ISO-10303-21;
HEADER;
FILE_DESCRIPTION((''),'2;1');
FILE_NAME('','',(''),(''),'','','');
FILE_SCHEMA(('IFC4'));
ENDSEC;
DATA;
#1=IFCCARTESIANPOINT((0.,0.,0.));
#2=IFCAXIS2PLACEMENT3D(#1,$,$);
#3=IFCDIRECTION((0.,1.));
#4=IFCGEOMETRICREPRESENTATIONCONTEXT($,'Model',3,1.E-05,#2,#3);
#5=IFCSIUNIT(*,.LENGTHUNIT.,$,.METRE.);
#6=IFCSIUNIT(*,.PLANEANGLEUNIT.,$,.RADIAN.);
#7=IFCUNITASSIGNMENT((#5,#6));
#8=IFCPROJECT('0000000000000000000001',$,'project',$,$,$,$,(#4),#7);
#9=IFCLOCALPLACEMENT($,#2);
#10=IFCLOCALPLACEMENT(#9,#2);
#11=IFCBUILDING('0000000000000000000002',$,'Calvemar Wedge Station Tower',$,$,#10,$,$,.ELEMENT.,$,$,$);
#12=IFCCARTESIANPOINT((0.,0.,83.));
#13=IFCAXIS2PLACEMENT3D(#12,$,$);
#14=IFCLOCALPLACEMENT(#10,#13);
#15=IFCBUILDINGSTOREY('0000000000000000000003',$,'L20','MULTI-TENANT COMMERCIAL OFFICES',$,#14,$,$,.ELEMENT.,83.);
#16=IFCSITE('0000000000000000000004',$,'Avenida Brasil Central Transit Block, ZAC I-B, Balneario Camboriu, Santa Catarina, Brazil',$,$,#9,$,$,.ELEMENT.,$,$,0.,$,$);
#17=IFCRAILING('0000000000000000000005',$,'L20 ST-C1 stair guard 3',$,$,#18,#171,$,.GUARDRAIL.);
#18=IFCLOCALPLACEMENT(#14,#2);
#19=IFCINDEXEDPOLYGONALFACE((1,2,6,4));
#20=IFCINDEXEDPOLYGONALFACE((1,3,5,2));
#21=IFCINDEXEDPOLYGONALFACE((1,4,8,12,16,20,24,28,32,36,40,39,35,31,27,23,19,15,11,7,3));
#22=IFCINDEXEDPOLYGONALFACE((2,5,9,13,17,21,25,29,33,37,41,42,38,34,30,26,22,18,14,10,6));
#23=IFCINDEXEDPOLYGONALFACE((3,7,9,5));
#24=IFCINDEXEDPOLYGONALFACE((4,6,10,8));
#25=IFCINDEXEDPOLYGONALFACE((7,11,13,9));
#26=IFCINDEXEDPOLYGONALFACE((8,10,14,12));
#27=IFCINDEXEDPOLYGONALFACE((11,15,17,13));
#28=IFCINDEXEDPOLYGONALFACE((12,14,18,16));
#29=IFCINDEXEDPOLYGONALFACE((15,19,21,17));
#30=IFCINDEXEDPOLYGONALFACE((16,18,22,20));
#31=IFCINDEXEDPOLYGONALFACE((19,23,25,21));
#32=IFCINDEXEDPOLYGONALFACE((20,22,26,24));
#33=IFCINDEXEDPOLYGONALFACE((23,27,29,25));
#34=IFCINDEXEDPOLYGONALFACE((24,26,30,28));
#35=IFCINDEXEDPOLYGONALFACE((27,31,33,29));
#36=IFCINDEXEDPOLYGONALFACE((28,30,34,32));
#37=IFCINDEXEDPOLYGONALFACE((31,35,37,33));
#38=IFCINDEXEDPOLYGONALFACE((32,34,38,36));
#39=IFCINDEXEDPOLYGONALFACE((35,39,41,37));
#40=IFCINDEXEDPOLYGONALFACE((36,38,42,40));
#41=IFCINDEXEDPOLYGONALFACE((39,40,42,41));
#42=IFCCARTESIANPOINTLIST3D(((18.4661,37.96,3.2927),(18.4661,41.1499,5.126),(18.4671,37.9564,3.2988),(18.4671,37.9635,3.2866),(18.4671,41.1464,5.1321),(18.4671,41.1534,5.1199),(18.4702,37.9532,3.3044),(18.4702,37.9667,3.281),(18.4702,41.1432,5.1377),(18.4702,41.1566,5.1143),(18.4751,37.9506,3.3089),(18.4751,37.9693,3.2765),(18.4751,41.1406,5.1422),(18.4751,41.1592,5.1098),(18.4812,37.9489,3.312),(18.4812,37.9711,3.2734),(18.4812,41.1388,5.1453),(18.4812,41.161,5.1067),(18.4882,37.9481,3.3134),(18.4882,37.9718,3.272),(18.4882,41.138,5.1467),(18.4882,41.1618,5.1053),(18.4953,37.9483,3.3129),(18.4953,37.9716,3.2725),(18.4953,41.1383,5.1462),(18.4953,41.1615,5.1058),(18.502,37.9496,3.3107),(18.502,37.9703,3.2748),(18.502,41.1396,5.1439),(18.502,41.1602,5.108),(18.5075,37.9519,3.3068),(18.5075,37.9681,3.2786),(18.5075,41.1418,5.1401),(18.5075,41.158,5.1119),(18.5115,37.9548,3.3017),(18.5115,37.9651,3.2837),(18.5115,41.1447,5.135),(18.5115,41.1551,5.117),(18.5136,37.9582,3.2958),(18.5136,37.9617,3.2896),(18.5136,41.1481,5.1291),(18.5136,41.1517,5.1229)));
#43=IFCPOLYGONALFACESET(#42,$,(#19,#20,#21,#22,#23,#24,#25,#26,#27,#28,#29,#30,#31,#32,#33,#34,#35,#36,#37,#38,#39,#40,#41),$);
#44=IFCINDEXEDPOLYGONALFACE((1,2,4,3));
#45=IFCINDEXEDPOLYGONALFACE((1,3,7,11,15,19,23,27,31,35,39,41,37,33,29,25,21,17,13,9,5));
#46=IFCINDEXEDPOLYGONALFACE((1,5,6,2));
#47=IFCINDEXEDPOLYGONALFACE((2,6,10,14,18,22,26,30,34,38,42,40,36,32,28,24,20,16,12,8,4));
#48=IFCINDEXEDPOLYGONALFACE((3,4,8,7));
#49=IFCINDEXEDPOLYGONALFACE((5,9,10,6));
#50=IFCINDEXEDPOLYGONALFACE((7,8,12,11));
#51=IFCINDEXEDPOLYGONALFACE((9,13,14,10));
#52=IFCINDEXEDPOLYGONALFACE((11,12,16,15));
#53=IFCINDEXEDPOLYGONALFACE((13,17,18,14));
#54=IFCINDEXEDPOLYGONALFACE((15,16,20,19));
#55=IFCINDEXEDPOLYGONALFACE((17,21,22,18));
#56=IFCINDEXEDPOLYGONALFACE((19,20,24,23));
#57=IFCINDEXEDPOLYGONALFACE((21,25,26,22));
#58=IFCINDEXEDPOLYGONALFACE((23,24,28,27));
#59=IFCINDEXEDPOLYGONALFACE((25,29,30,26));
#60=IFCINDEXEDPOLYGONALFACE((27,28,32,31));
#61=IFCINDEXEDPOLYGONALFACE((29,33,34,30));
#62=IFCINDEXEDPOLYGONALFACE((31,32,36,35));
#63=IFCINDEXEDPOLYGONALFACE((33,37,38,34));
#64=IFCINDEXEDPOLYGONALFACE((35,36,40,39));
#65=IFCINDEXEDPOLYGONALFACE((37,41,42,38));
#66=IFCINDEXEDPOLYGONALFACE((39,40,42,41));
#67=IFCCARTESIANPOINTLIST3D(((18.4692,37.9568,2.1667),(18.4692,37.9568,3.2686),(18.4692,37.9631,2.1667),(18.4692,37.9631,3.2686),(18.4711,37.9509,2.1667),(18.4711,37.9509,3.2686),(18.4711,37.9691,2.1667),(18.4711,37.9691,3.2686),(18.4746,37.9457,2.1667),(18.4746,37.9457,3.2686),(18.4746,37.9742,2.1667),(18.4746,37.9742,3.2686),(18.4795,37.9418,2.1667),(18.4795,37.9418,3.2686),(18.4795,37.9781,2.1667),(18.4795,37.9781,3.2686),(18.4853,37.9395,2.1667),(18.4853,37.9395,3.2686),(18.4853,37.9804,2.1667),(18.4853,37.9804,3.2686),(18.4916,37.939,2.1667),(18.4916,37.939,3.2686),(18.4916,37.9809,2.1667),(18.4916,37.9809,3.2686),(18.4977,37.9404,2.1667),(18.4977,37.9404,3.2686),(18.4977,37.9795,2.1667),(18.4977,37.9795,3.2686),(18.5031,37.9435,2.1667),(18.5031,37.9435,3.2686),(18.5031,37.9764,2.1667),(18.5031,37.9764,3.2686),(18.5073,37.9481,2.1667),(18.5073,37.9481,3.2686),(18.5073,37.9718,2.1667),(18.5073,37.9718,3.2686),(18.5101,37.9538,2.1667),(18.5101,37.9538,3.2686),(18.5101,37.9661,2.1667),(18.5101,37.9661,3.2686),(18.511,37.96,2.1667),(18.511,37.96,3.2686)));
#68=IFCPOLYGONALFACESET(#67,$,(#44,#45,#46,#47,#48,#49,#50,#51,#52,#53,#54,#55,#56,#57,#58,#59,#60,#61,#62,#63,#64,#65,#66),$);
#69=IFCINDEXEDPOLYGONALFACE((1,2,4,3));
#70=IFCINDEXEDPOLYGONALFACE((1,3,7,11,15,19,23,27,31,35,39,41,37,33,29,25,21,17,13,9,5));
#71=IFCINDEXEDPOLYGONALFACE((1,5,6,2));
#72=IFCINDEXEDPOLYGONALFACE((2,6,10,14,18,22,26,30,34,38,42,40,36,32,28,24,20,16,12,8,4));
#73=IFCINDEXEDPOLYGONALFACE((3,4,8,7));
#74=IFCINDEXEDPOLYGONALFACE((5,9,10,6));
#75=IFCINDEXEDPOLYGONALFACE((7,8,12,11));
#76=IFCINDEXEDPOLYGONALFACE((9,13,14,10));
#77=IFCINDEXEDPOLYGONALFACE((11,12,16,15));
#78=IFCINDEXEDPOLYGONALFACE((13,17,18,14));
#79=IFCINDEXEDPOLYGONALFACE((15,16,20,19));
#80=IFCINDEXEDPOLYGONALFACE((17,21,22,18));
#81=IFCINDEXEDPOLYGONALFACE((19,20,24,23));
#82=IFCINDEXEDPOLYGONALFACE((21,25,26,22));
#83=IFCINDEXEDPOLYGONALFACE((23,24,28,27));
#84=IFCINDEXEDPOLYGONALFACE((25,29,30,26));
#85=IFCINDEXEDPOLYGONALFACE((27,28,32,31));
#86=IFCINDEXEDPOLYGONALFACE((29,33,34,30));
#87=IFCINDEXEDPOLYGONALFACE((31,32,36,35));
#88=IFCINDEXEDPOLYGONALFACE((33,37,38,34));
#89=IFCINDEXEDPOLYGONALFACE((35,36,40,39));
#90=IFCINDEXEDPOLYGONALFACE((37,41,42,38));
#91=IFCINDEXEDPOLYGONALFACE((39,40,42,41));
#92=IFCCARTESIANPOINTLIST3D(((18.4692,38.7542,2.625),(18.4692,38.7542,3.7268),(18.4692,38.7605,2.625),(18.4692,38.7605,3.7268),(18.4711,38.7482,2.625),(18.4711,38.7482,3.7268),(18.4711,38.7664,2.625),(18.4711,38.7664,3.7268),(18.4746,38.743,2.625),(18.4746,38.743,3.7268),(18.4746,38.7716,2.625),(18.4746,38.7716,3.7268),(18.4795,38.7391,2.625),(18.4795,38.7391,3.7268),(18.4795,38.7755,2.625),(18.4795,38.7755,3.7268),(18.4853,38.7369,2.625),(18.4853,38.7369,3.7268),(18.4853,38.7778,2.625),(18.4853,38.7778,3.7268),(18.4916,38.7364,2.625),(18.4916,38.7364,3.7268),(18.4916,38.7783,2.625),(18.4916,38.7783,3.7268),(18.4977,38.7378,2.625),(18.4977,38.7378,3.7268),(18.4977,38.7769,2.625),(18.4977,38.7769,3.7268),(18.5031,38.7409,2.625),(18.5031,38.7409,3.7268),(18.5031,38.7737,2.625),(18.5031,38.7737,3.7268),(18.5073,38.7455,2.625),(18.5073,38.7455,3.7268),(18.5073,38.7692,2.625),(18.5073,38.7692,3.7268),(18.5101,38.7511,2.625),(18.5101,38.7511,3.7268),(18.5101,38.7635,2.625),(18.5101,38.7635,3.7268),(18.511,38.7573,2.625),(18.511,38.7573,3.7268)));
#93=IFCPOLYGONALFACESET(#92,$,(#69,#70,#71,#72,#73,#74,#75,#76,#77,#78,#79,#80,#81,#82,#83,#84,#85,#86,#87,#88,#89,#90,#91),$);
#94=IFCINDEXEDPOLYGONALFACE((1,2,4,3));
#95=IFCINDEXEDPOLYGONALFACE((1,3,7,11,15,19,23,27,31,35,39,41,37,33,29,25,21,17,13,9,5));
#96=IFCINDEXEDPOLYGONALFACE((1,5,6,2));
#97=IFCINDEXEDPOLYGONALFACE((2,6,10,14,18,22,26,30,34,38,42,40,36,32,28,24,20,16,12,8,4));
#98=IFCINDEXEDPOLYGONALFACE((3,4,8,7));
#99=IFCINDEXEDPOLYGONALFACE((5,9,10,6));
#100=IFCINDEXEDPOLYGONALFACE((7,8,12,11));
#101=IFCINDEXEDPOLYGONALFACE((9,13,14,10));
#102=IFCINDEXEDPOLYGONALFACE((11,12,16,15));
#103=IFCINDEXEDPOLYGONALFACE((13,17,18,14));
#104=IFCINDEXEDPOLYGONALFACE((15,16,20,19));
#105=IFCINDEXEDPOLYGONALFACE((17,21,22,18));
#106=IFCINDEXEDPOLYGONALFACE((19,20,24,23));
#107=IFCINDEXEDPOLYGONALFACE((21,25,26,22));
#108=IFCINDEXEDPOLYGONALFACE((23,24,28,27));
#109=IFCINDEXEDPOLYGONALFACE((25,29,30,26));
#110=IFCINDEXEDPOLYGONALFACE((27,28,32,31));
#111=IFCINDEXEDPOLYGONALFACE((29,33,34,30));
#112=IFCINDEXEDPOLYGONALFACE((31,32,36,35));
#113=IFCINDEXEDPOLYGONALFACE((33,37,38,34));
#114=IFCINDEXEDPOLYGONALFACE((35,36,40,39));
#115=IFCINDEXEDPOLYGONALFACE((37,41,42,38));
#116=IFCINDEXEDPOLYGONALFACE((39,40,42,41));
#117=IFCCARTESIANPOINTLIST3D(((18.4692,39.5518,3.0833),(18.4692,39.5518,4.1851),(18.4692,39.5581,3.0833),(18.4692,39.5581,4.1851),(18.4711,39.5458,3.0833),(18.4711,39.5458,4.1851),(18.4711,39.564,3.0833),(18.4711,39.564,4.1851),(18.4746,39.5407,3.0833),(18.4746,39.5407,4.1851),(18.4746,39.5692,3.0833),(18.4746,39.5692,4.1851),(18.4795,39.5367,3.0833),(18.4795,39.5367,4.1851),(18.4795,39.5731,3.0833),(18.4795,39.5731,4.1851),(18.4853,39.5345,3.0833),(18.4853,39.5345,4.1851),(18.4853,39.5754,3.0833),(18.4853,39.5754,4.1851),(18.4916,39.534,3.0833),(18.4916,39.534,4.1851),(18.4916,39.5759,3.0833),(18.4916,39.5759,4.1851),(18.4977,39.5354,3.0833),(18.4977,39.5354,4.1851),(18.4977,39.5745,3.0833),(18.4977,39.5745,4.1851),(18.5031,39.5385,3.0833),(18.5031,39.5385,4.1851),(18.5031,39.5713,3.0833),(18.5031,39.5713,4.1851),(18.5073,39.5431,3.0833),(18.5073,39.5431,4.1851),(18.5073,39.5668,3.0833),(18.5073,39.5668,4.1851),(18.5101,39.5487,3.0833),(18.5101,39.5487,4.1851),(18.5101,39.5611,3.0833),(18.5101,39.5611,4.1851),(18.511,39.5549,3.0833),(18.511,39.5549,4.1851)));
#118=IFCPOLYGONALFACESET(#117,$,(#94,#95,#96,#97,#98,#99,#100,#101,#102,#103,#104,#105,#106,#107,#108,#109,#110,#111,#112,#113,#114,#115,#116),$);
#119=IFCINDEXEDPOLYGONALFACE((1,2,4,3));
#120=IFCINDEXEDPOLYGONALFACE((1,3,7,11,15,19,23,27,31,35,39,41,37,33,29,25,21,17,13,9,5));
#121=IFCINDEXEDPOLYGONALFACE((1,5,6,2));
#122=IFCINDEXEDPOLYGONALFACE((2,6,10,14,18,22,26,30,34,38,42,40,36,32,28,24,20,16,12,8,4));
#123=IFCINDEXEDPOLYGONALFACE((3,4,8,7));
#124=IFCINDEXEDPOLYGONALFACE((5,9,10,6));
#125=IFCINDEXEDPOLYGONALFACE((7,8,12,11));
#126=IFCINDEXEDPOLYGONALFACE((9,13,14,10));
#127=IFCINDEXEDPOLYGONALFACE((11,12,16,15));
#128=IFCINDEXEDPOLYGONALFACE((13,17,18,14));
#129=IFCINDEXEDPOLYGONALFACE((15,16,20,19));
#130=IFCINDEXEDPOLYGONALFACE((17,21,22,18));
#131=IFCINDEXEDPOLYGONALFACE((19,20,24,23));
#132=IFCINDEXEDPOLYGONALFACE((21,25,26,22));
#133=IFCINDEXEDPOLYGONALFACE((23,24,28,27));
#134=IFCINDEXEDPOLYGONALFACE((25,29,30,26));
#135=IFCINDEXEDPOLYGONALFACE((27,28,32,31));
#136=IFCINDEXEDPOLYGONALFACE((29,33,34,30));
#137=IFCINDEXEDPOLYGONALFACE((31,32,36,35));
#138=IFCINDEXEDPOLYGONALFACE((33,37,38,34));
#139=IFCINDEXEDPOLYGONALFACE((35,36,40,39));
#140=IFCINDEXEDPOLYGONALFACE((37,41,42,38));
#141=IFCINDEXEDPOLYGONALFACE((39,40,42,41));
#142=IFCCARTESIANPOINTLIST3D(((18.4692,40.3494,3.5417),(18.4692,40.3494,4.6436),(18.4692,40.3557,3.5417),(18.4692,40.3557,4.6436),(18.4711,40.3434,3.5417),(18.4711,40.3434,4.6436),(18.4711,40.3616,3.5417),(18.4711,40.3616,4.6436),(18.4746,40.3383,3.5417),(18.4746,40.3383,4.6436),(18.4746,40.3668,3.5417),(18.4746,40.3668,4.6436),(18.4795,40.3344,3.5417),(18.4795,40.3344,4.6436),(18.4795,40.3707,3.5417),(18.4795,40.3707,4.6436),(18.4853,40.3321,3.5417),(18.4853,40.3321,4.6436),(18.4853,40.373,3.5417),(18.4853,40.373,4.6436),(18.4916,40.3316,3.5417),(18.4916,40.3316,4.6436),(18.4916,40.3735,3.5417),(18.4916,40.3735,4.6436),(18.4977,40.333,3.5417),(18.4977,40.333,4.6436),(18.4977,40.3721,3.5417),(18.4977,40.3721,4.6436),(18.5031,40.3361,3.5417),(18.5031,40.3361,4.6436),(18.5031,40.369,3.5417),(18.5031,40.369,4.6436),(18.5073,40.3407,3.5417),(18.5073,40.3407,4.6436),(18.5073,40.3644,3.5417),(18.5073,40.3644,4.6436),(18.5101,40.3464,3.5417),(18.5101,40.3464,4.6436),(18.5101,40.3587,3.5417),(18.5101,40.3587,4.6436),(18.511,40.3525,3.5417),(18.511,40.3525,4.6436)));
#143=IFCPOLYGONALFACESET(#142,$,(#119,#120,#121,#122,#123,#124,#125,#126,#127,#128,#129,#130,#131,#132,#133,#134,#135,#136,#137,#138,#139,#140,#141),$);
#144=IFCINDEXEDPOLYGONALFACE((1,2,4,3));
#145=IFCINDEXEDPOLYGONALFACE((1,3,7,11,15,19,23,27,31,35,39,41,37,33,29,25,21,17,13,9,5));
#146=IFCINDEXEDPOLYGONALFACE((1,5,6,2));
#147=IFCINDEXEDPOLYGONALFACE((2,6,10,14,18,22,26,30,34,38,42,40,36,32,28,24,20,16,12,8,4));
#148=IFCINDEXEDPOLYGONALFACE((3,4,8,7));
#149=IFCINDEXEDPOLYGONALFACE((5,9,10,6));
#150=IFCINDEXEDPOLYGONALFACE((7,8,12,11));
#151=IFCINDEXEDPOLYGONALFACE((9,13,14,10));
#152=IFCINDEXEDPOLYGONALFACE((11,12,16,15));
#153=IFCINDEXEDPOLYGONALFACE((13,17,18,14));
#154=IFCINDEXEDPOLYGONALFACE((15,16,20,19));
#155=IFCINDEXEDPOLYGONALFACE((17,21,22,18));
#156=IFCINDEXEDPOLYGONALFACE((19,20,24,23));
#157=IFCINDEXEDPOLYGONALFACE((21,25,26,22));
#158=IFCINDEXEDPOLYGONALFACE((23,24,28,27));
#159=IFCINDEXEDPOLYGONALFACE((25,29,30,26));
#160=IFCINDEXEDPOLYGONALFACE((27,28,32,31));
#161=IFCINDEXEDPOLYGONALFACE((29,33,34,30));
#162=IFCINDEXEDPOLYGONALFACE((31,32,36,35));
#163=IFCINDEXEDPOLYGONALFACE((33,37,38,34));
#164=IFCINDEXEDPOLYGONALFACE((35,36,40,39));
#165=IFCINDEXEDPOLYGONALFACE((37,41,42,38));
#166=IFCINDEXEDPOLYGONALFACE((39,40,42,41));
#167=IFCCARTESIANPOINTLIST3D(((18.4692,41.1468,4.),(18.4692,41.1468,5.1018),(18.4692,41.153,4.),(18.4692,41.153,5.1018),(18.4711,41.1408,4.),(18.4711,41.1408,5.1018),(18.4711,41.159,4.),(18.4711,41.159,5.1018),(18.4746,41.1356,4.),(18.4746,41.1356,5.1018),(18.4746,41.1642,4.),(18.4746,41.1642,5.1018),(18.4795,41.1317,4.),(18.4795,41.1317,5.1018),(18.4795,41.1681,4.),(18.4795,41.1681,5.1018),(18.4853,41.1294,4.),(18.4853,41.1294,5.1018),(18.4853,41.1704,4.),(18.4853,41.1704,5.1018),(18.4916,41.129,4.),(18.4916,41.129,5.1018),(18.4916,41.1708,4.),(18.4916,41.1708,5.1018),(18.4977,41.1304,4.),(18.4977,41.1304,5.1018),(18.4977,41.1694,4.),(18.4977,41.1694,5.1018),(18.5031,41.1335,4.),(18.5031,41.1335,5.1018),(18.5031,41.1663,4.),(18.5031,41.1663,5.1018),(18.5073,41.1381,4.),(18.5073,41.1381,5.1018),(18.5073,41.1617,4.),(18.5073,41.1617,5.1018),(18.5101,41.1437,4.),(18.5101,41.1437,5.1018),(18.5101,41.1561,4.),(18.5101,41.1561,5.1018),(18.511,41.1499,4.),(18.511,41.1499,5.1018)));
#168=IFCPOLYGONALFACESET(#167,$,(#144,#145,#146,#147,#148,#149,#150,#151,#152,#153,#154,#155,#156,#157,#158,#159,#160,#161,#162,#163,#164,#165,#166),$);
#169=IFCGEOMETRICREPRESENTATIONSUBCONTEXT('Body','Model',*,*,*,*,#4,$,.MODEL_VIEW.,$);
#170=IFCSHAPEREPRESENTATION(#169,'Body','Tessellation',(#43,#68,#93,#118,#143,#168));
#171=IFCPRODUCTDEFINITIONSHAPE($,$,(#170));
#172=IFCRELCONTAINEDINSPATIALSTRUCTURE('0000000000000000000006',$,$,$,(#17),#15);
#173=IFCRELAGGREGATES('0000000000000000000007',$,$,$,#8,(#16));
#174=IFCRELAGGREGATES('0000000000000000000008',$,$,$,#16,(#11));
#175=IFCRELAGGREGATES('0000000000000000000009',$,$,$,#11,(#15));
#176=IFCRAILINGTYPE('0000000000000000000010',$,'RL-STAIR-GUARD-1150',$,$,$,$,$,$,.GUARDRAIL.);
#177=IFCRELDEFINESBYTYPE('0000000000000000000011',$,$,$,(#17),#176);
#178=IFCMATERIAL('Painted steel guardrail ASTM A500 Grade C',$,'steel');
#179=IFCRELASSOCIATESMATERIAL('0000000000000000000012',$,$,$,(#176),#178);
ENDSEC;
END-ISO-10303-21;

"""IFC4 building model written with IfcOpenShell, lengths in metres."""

from ifc_helpers import new_model, si_unit, direction, frame, origin, origin_2d, place, context, subcontext, project, spatial, circle, extrude, material, type_object, element, save


model = new_model("IFC4")

# Units and contexts
model_context = context("Model", 3, precision=1e-05, world=origin(), true_north=direction((0.0, 1.0)))
body_context = subcontext(model_context, "Body", "Model", "MODEL_VIEW")
ifc_project = project(units=[si_unit("LENGTHUNIT", "METRE"), si_unit("PLANEANGLEUNIT", "RADIAN")], contexts=[model_context])

# Site, building, storey
site_placement = place(None, origin())
site = spatial("IfcSite", under=ifc_project, at=site_placement, Name="Avenida Brasil Central Transit Block, ZAC I-B, Balneario Camboriu, Santa Catarina, Brazil", CompositionType="ELEMENT", RefElevation=0.0)
building_placement = place(site_placement, origin())
building = spatial("IfcBuilding", under=site, at=building_placement, Name="Calvemar Wedge Station Tower", CompositionType="ELEMENT")
storey_placement = place(building_placement, frame((0.0, 0.0, 83.0)))
storey = spatial("IfcBuildingStorey", under=building, at=storey_placement, Name="L20", Description="MULTI-TENANT COMMERCIAL OFFICES", CompositionType="ELEMENT", Elevation=83.0)

# Railing
ifc_material_1 = material(Name="Painted steel guardrail ASTM A500 Grade C", Category="steel")
railing_type_1 = type_object("IfcRailingType", Name="RL-STAIR-GUARD-1150", PredefinedType="GUARDRAIL", material=ifc_material_1)
railing_1_placement = place(storey_placement, frame((18.49, 37.96, 2.1667)))
element("IfcRailing", 1, at=railing_1_placement, inside=storey, type_object=railing_type_1, Name="L20 ST-C1 stair guard 3", PredefinedType="GUARDRAIL", context=body_context, shape_type="SweptSolid", body=[
    extrude(circle(Radius=0.0239, at=origin_2d()), frame((0.0, 0.0, 1.126), z_axis=(0.0, 0.86702, 0.498274), x_axis=(-1.0, 0.0, 0.0)), (0.0, 0.0, 1.0), 3.6792),
    extrude(circle(Radius=0.021, at=origin_2d()), origin(), (0.0, 0.0, 1.0), 1.1018),
    extrude(circle(Radius=0.021, at=origin_2d()), frame((0.0, 0.7974, 0.4583)), (0.0, 0.0, 1.0), 1.1018),
    extrude(circle(Radius=0.021, at=origin_2d()), frame((0.0, 1.595, 0.9165)), (0.0, 0.0, 1.0), 1.1018),
    extrude(circle(Radius=0.021, at=origin_2d()), frame((0.0, 2.3926, 1.375)), (0.0, 0.0, 1.0), 1.1018),
    extrude(circle(Radius=0.021, at=origin_2d()), frame((0.0, 3.1899, 1.8333)), (0.0, 0.0, 1.0), 1.1018),
])

save(model, "model.ifc")
